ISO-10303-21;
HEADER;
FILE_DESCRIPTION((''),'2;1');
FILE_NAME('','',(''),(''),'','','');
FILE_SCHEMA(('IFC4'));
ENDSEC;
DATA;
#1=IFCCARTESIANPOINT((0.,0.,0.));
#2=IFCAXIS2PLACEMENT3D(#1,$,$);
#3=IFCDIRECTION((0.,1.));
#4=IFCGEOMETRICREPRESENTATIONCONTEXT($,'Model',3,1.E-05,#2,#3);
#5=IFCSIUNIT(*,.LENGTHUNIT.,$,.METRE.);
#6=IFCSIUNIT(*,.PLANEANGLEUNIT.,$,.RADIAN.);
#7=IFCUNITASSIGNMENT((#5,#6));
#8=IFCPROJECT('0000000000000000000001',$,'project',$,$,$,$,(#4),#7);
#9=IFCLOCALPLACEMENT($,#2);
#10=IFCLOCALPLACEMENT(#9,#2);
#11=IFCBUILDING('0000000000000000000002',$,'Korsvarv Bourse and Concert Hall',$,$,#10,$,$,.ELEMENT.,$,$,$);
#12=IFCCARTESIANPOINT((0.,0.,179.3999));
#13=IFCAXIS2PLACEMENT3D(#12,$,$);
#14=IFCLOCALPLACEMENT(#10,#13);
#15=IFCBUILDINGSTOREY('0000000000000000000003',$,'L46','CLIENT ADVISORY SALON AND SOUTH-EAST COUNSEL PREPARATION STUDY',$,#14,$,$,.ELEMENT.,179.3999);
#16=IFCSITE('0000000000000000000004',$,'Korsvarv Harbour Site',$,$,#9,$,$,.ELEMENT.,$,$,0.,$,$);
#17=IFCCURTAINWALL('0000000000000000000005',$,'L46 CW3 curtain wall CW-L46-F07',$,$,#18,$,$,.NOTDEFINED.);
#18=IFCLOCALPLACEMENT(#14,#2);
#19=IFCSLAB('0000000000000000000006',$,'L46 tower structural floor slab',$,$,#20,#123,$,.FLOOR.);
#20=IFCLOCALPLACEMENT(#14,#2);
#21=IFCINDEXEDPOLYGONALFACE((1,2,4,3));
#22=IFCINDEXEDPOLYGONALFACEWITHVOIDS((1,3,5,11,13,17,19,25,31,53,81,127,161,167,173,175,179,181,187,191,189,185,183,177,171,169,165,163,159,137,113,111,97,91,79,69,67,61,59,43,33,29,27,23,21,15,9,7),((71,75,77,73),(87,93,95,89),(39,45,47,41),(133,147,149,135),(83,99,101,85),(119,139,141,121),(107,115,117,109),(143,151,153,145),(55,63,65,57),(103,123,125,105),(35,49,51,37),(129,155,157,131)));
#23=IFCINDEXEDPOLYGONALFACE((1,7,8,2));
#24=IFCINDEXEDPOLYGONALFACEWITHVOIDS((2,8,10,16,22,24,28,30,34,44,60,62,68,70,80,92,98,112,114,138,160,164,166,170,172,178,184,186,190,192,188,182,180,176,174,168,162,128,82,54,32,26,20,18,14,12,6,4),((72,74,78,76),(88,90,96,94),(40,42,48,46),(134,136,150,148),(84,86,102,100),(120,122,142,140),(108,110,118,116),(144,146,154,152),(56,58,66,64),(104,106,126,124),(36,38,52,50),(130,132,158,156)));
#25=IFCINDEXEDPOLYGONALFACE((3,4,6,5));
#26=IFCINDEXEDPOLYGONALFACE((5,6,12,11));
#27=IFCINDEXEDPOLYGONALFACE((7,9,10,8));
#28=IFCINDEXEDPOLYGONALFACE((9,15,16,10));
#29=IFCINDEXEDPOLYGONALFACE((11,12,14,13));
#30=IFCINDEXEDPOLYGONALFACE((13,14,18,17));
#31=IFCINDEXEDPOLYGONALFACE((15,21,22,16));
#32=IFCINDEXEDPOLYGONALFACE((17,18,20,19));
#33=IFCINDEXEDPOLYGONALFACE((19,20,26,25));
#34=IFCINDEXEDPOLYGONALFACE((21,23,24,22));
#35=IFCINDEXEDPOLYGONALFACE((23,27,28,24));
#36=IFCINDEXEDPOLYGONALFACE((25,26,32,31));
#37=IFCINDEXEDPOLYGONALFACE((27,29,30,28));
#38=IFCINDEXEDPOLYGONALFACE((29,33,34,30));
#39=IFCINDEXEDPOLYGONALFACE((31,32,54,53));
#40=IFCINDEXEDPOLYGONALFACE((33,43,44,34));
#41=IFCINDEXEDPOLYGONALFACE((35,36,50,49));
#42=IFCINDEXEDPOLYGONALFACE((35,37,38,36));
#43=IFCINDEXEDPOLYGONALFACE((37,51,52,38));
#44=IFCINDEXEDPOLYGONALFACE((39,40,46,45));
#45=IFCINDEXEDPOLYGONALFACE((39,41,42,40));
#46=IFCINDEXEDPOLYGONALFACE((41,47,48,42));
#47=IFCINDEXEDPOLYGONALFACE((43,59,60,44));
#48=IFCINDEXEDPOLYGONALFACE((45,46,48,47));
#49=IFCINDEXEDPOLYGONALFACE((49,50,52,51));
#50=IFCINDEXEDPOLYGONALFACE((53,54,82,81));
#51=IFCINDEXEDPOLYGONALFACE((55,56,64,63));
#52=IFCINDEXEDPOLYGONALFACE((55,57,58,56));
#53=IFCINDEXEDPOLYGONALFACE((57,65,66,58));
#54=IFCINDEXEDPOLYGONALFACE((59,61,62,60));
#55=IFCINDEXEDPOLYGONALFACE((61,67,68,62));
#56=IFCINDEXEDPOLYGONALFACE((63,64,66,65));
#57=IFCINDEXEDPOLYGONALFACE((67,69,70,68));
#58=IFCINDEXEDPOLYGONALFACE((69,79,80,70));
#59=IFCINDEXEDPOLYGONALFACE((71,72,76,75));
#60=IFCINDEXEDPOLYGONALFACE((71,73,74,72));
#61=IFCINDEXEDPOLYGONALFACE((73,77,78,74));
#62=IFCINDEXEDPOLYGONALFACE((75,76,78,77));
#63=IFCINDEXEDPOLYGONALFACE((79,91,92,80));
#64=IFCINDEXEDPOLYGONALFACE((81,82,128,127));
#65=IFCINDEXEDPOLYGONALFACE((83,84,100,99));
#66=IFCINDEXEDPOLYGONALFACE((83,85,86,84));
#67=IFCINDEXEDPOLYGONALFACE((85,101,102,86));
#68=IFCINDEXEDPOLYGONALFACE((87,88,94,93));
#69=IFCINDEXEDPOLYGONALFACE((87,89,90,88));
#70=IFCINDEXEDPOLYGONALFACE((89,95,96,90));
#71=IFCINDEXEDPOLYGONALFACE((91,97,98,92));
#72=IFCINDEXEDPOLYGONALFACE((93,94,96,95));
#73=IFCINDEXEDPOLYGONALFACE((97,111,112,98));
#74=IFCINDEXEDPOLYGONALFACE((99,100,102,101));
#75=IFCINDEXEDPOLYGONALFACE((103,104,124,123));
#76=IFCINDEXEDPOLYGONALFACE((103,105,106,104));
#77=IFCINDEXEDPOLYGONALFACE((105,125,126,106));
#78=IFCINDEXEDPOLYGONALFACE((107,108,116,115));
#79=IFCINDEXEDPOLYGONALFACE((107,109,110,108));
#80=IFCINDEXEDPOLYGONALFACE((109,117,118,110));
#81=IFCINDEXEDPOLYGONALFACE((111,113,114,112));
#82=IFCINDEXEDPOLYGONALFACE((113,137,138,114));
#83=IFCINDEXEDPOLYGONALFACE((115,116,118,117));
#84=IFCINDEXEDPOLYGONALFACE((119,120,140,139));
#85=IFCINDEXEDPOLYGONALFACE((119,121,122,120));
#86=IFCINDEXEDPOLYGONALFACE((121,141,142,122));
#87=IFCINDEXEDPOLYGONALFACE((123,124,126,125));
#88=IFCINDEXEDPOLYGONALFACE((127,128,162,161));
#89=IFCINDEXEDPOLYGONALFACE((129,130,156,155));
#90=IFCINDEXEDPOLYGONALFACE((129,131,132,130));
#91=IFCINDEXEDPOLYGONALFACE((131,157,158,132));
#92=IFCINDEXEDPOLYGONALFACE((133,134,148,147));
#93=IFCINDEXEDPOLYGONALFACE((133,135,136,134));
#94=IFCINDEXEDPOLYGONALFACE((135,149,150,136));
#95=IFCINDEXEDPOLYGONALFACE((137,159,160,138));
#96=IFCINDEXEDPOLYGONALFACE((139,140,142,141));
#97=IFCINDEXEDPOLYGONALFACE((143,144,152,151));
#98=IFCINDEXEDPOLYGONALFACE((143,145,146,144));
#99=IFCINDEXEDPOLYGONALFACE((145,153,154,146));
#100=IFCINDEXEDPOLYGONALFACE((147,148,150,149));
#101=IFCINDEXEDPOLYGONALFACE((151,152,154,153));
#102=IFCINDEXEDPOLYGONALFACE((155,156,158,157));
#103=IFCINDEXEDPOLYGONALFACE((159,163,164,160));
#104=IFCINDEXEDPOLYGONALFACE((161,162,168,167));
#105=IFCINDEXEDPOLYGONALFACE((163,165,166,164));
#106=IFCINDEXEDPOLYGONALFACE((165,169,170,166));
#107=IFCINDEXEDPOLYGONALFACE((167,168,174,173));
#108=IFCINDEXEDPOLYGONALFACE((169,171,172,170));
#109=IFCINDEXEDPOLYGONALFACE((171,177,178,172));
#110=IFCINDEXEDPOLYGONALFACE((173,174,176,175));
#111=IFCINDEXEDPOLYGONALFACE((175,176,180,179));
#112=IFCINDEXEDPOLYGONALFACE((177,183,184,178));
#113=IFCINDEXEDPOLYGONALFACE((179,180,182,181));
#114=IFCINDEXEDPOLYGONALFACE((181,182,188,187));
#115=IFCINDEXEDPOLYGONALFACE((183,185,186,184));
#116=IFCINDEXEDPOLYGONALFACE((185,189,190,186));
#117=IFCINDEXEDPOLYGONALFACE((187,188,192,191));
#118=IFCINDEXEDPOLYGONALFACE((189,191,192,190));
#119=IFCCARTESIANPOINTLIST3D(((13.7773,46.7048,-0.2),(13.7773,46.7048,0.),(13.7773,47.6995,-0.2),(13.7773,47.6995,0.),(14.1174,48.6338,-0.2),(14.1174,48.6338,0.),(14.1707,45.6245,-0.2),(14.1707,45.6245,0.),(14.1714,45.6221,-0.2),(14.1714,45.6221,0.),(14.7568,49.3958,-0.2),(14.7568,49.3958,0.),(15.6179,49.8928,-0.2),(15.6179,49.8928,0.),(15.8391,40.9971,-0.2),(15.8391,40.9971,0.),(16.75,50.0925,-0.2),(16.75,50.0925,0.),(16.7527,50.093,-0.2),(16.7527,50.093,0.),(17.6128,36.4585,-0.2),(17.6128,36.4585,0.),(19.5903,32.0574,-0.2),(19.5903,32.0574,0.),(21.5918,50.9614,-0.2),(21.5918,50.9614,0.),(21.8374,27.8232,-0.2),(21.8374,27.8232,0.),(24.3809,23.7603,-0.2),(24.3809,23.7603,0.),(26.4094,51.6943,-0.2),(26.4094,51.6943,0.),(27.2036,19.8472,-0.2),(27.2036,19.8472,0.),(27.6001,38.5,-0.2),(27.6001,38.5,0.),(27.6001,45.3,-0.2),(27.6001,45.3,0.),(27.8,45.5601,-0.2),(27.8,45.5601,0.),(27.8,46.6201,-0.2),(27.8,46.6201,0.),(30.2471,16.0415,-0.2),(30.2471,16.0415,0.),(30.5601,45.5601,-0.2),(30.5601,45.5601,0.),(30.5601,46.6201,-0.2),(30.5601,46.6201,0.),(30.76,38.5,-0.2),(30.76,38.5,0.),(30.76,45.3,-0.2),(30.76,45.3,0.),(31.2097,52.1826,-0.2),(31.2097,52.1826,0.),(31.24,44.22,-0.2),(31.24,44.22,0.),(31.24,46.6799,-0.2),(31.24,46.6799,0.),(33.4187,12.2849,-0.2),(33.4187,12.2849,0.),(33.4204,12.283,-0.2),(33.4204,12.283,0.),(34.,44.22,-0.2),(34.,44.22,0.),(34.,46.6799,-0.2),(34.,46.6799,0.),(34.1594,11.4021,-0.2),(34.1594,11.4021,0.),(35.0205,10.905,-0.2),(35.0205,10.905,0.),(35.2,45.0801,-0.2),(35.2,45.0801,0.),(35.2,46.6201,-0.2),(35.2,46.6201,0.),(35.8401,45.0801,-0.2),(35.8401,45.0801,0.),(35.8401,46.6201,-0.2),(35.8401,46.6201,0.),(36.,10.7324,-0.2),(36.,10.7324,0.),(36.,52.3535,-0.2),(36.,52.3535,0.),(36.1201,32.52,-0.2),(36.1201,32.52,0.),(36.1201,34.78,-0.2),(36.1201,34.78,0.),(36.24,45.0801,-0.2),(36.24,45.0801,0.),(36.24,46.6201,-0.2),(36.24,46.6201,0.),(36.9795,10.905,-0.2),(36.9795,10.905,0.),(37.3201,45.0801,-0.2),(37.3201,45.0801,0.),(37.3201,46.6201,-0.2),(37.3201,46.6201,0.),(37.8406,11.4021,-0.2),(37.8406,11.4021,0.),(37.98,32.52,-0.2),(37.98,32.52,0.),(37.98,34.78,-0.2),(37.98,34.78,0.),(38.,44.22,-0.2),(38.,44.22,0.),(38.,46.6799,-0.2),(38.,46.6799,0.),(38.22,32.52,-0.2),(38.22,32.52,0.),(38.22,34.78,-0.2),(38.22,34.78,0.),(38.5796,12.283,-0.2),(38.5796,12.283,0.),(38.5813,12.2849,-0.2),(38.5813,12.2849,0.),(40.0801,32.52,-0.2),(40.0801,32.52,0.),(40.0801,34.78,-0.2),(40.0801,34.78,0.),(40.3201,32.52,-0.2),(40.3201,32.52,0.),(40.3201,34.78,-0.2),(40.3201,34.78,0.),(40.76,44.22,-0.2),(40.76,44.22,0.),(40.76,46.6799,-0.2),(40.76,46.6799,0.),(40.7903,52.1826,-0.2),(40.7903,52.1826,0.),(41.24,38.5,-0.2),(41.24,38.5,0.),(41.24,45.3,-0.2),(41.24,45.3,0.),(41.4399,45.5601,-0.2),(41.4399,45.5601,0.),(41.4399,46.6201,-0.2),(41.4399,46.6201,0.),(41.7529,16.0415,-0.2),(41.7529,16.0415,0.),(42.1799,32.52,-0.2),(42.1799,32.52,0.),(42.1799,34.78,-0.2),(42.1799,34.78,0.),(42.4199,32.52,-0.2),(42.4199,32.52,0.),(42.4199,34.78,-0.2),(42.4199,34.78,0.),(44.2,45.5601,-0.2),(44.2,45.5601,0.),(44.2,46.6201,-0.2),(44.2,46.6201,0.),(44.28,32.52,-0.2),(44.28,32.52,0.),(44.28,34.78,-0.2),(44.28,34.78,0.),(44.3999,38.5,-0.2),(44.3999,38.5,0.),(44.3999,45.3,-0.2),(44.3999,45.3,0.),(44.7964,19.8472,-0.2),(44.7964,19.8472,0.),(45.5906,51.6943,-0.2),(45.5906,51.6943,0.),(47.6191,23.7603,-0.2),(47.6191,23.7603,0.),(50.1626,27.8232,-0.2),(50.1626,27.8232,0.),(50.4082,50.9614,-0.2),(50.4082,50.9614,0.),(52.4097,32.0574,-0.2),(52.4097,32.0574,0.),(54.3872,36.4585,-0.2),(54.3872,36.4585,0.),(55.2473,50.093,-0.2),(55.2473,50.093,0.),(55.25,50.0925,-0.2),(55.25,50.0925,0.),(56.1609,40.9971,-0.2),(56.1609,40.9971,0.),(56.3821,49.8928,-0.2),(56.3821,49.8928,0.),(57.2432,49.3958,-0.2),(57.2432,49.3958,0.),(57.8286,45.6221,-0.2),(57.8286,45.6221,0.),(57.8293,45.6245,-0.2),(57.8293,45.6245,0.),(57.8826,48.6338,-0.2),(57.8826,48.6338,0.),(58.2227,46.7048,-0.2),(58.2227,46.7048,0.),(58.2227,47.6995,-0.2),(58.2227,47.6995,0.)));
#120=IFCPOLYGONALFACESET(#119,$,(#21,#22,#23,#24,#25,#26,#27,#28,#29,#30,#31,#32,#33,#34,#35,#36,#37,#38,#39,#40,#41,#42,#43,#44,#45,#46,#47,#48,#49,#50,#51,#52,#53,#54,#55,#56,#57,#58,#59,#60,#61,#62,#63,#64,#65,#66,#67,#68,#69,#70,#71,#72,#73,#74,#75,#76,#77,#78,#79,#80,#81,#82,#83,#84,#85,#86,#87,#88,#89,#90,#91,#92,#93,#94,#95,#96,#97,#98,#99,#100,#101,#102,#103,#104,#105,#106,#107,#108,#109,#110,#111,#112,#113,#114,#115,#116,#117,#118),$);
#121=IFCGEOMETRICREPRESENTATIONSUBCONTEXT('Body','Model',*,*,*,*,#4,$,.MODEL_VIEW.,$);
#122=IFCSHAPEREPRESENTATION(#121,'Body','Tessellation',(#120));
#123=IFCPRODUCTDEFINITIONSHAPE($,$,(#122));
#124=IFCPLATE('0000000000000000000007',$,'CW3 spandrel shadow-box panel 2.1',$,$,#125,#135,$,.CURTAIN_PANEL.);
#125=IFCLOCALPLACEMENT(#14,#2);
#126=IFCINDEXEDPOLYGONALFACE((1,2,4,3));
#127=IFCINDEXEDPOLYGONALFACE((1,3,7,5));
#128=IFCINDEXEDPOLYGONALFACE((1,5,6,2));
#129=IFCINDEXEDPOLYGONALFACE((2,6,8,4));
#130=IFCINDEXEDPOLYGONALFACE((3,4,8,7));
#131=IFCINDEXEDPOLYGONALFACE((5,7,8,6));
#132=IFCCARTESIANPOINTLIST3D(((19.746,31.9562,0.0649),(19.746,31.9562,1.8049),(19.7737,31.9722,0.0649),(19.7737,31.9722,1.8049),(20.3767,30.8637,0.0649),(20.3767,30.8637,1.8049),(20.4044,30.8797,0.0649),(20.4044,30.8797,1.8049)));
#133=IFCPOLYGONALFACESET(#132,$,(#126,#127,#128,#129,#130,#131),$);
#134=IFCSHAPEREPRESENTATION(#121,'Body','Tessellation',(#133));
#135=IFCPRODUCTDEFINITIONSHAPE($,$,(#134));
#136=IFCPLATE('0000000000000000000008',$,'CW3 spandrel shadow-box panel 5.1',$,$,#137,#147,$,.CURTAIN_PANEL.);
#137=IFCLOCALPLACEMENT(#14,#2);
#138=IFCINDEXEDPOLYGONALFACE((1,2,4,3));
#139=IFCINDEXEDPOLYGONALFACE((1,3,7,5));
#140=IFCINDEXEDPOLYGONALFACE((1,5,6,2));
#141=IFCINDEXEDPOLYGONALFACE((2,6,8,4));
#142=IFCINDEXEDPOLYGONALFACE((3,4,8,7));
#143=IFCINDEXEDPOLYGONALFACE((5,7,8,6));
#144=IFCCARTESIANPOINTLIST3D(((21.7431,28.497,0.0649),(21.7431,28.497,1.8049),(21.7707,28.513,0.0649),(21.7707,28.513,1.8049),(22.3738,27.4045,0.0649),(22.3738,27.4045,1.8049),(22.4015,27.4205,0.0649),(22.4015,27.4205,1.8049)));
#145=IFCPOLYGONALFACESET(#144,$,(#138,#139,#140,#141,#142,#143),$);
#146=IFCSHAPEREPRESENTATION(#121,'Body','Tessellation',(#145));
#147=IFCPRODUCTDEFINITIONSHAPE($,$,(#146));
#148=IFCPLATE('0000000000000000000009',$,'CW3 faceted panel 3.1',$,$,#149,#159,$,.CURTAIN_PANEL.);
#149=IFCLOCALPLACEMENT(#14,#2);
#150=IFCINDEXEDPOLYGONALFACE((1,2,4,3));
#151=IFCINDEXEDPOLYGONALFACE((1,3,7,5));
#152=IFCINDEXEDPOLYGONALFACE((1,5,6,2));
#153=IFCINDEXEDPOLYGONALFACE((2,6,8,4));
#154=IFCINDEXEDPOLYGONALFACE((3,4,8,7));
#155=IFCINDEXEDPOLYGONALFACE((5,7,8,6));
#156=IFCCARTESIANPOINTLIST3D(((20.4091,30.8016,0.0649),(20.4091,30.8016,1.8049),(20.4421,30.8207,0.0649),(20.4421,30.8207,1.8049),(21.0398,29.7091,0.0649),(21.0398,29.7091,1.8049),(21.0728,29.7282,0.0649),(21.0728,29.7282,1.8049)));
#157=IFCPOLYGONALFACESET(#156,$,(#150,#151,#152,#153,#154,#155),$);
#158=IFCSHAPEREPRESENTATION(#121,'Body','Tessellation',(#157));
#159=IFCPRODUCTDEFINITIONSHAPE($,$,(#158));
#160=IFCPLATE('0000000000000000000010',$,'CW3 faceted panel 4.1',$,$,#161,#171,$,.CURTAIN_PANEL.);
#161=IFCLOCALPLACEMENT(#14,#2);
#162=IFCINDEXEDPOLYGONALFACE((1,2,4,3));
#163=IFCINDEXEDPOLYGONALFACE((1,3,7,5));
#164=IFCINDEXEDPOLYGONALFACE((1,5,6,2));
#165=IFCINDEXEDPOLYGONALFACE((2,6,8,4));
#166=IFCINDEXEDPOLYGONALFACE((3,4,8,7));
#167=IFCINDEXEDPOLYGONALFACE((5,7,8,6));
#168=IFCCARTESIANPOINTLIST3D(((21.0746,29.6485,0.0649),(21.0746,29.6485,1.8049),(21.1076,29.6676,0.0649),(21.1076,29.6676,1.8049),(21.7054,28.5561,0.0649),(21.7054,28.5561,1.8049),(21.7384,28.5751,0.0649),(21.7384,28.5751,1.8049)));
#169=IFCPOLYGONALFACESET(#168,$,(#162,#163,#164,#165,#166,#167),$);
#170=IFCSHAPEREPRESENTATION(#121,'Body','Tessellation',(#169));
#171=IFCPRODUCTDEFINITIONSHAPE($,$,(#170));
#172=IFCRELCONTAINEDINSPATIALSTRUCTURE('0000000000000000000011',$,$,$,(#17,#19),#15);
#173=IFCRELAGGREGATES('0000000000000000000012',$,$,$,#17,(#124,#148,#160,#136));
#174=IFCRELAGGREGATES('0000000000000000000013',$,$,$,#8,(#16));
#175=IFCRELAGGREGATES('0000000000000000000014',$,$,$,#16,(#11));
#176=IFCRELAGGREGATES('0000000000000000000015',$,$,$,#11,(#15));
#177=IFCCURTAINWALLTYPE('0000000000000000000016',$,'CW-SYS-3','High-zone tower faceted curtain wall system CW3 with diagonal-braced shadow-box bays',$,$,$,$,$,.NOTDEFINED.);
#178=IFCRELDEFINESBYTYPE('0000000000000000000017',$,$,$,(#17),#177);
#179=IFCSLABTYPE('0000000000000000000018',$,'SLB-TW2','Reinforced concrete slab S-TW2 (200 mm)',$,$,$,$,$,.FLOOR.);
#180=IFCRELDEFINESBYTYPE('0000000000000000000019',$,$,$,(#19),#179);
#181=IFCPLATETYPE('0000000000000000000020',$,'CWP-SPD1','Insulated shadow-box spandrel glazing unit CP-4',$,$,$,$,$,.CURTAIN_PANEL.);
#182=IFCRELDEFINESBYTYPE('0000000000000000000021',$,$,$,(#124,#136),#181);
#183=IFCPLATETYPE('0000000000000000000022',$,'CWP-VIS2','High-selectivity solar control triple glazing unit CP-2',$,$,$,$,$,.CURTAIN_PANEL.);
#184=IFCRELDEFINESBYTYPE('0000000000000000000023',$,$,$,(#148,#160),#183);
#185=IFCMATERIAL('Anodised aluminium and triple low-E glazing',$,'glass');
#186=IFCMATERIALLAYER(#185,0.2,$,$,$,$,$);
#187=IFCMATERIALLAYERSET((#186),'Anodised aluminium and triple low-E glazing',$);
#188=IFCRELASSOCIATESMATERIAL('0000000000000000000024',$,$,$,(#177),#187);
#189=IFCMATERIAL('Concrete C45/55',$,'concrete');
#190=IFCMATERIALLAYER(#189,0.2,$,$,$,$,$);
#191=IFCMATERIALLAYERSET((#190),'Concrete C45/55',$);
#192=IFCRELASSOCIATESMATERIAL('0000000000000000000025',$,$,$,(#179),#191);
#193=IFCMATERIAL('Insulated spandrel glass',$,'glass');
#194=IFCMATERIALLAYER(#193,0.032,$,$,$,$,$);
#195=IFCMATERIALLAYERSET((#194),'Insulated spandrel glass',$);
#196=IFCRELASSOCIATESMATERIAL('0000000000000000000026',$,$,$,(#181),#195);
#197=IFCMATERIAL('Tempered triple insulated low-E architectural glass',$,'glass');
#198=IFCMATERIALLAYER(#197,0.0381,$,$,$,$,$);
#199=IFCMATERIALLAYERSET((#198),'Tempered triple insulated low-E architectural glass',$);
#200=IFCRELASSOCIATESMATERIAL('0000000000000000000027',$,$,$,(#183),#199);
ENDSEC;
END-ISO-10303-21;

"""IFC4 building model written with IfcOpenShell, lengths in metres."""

from ifc_helpers import new_model, si_unit, direction, frame, origin, origin_2d, place, context, subcontext, project, spatial, polyline, rectangle, outline, extrude, source, transform, mapped, material, layer, layer_set, type_object, element, aggregate, save


model = new_model("IFC4")

# Units and contexts
model_context = context("Model", 3, precision=1e-05, world=origin(), true_north=direction((0.0, 1.0)))
body_context = subcontext(model_context, "Body", "Model", "MODEL_VIEW")
ifc_project = project(units=[si_unit("LENGTHUNIT", "METRE"), si_unit("PLANEANGLEUNIT", "RADIAN")], contexts=[model_context])

# Site, building, storey
site_placement = place(None, origin())
site = spatial("IfcSite", under=ifc_project, at=site_placement, Name="Korsvarv Harbour Site", CompositionType="ELEMENT", RefElevation=0.0)
building_placement = place(site_placement, origin())
building = spatial("IfcBuilding", under=site, at=building_placement, Name="Korsvarv Bourse and Concert Hall", CompositionType="ELEMENT")
storey_placement = place(building_placement, frame((0.0, 0.0, 179.3999)))
storey = spatial("IfcBuildingStorey", under=building, at=storey_placement, Name="L46", Description="CLIENT ADVISORY SALON AND SOUTH-EAST COUNSEL PREPARATION STUDY", CompositionType="ELEMENT", Elevation=179.3999)

# Curtain wall
ifc_material_1 = material(Name="Anodised aluminium and triple low-E glazing", Category="glass")
ifc_layer_1 = layer(ifc_material_1, 0.2)
ifc_layer_set_1 = layer_set([ifc_layer_1], Name="Anodised aluminium and triple low-E glazing")
curtain_wall_type = type_object("IfcCurtainWallType", Name="CW-SYS-3", Description="High-zone tower faceted curtain wall system CW3 with diagonal-braced shadow-box bays", PredefinedType="NOTDEFINED", material=ifc_layer_set_1)
curtain_wall_placement = place(storey_placement, origin())
curtain_wall = element("IfcCurtainWall", 1, at=curtain_wall_placement, inside=storey, type_object=curtain_wall_type, Name="L46 CW3 curtain wall CW-L46-F07", PredefinedType="NOTDEFINED")

# Slab
ifc_material_2 = material(Name="Concrete C45/55", Category="concrete")
ifc_layer_2 = layer(ifc_material_2, 0.2)
ifc_layer_set_2 = layer_set([ifc_layer_2], Name="Concrete C45/55")
slab_type_1 = type_object("IfcSlabType", Name="SLB-TW2", Description="Reinforced concrete slab S-TW2 (200 mm)", PredefinedType="FLOOR", material=ifc_layer_set_2)
slab_1_placement = place(storey_placement, frame((0.0, 0.0, -0.2)))
element("IfcSlab", 2, at=slab_1_placement, inside=storey, type_object=slab_type_1, Name="L46 tower structural floor slab", PredefinedType="FLOOR", context=body_context, shape_type="SweptSolid", body=[
    extrude(outline(polyline([(57.8286, 45.6221), (56.1609, 40.9971), (54.3872, 36.4585), (52.4097, 32.0574), (50.1626, 27.8232), (47.6191, 23.7603), (44.7964, 19.8472), (41.7529, 16.0415), (38.5813, 12.2849), (38.5796, 12.283), (37.8406, 11.4021), (36.9795, 10.905), (36.0, 10.7324), (35.0205, 10.905), (34.1594, 11.4021), (33.4204, 12.283), (33.4187, 12.2849), (30.2471, 16.0415), (27.2036, 19.8472), (24.3809, 23.7603), (21.8374, 27.8232), (19.5903, 32.0574), (17.6128, 36.4585), (15.8391, 40.9971), (14.1714, 45.6221), (14.1707, 45.6245), (13.7773, 46.7048), (13.7773, 47.6995), (14.1174, 48.6338), (14.7568, 49.3958), (15.6179, 49.8928), (16.75, 50.0925), (16.7527, 50.093), (21.5918, 50.9614), (26.4094, 51.6943), (31.2097, 52.1826), (36.0, 52.3535), (40.7903, 52.1826), (45.5906, 51.6943), (50.4082, 50.9614), (55.2473, 50.093), (55.25, 50.0925), (56.3821, 49.8928), (57.2432, 49.3958), (57.8826, 48.6338), (58.2227, 47.6995), (58.2227, 46.7048), (57.8293, 45.6245), (57.8286, 45.6221)]), holes=[polyline([(30.76, 38.5), (30.76, 45.3), (27.6001, 45.3), (27.6001, 38.5), (30.76, 38.5)]), polyline([(44.3999, 38.5), (44.3999, 45.3), (41.24, 45.3), (41.24, 38.5), (44.3999, 38.5)]), polyline([(31.24, 44.22), (34.0, 44.22), (34.0, 46.6799), (31.24, 46.6799), (31.24, 44.22)]), polyline([(38.0, 44.22), (40.76, 44.22), (40.76, 46.6799), (38.0, 46.6799), (38.0, 44.22)]), polyline([(36.1201, 32.52), (37.98, 32.52), (37.98, 34.78), (36.1201, 34.78), (36.1201, 32.52)]), polyline([(38.22, 32.52), (40.0801, 32.52), (40.0801, 34.78), (38.22, 34.78), (38.22, 32.52)]), polyline([(40.3201, 32.52), (42.1799, 32.52), (42.1799, 34.78), (40.3201, 34.78), (40.3201, 32.52)]), polyline([(42.4199, 32.52), (44.28, 32.52), (44.28, 34.78), (42.4199, 34.78), (42.4199, 32.52)]), polyline([(27.8, 45.5601), (30.5601, 45.5601), (30.5601, 46.6201), (27.8, 46.6201), (27.8, 45.5601)]), polyline([(41.4399, 45.5601), (44.2, 45.5601), (44.2, 46.6201), (41.4399, 46.6201), (41.4399, 45.5601)]), polyline([(35.2, 45.0801), (35.8401, 45.0801), (35.8401, 46.6201), (35.2, 46.6201), (35.2, 45.0801)]), polyline([(36.24, 45.0801), (37.3201, 45.0801), (37.3201, 46.6201), (36.24, 46.6201), (36.24, 45.0801)])]), origin(), (0.0, 0.0, 1.0), 0.2),
])

# Plates
ifc_material_3 = material(Name="Insulated spandrel glass", Category="glass")
ifc_layer_3 = layer(ifc_material_3, 0.032)
ifc_layer_set_3 = layer_set([ifc_layer_3], Name="Insulated spandrel glass")
plate_type_1 = type_object("IfcPlateType", Name="CWP-SPD1", Description="Insulated shadow-box spandrel glazing unit CP-4", PredefinedType="CURTAIN_PANEL", material=ifc_layer_set_3)
shared_shape_1 = source(origin(), body_context, "Body", "SweptSolid", [
    extrude(rectangle(XDim=1.2615, YDim=0.032, at=origin_2d()), origin(), (0.0, 0.0, 1.0), 1.74),
])
plate_1_placement = place(storey_placement, frame((20.0752, 31.418, 0.0649), z_axis=(0.0, 0.0, 1.0), x_axis=(0.499994, -0.866029, 0.0)))
plate_1 = element("IfcPlate", 3, at=plate_1_placement, type_object=plate_type_1, Name="CW3 spandrel shadow-box panel 2.1", PredefinedType="CURTAIN_PANEL", context=body_context, shape_type="MappedRepresentation", body=[
    mapped(shared_shape_1, transform((0.0, 0.0, 0.0), scale=1.0)),
])
plate_2_placement = place(storey_placement, frame((22.0723, 27.9587, 0.0649), z_axis=(0.0, 0.0, 1.0), x_axis=(0.499994, -0.866029, 0.0)))
plate_2 = element("IfcPlate", 4, at=plate_2_placement, type_object=plate_type_1, Name="CW3 spandrel shadow-box panel 5.1", PredefinedType="CURTAIN_PANEL", context=body_context, shape_type="MappedRepresentation", body=[
    mapped(shared_shape_1, transform((0.0, 0.0, 0.0), scale=1.0)),
])
ifc_material_4 = material(Name="Tempered triple insulated low-E architectural glass", Category="glass")
ifc_layer_4 = layer(ifc_material_4, 0.0381)
ifc_layer_set_4 = layer_set([ifc_layer_4], Name="Tempered triple insulated low-E architectural glass")
plate_type_2 = type_object("IfcPlateType", Name="CWP-VIS2", Description="High-selectivity solar control triple glazing unit CP-2", PredefinedType="CURTAIN_PANEL", material=ifc_layer_set_4)
shared_shape_2 = source(origin(), body_context, "Body", "SweptSolid", [
    extrude(rectangle(XDim=1.2615, YDim=0.0381, at=origin_2d()), origin(), (0.0, 0.0, 1.0), 1.74),
])
plate_3_placement = place(storey_placement, frame((20.741, 30.2649, 0.0649), z_axis=(0.0, 0.0, 1.0), x_axis=(0.499994, -0.866029, 0.0)))
plate_3 = element("IfcPlate", 5, at=plate_3_placement, type_object=plate_type_2, Name="CW3 faceted panel 3.1", PredefinedType="CURTAIN_PANEL", context=body_context, shape_type="MappedRepresentation", body=[
    mapped(shared_shape_2, transform((0.0, 0.0, 0.0), scale=1.0)),
])
plate_4_placement = place(storey_placement, frame((21.4065, 29.1118, 0.0649), z_axis=(0.0, 0.0, 1.0), x_axis=(0.499994, -0.866029, 0.0)))
plate_4 = element("IfcPlate", 6, at=plate_4_placement, type_object=plate_type_2, Name="CW3 faceted panel 4.1", PredefinedType="CURTAIN_PANEL", context=body_context, shape_type="MappedRepresentation", body=[
    mapped(shared_shape_2, transform((0.0, 0.0, 0.0), scale=1.0)),
])
aggregate(curtain_wall, [plate_1, plate_3, plate_4, plate_2])

save(model, "model.ifc")
